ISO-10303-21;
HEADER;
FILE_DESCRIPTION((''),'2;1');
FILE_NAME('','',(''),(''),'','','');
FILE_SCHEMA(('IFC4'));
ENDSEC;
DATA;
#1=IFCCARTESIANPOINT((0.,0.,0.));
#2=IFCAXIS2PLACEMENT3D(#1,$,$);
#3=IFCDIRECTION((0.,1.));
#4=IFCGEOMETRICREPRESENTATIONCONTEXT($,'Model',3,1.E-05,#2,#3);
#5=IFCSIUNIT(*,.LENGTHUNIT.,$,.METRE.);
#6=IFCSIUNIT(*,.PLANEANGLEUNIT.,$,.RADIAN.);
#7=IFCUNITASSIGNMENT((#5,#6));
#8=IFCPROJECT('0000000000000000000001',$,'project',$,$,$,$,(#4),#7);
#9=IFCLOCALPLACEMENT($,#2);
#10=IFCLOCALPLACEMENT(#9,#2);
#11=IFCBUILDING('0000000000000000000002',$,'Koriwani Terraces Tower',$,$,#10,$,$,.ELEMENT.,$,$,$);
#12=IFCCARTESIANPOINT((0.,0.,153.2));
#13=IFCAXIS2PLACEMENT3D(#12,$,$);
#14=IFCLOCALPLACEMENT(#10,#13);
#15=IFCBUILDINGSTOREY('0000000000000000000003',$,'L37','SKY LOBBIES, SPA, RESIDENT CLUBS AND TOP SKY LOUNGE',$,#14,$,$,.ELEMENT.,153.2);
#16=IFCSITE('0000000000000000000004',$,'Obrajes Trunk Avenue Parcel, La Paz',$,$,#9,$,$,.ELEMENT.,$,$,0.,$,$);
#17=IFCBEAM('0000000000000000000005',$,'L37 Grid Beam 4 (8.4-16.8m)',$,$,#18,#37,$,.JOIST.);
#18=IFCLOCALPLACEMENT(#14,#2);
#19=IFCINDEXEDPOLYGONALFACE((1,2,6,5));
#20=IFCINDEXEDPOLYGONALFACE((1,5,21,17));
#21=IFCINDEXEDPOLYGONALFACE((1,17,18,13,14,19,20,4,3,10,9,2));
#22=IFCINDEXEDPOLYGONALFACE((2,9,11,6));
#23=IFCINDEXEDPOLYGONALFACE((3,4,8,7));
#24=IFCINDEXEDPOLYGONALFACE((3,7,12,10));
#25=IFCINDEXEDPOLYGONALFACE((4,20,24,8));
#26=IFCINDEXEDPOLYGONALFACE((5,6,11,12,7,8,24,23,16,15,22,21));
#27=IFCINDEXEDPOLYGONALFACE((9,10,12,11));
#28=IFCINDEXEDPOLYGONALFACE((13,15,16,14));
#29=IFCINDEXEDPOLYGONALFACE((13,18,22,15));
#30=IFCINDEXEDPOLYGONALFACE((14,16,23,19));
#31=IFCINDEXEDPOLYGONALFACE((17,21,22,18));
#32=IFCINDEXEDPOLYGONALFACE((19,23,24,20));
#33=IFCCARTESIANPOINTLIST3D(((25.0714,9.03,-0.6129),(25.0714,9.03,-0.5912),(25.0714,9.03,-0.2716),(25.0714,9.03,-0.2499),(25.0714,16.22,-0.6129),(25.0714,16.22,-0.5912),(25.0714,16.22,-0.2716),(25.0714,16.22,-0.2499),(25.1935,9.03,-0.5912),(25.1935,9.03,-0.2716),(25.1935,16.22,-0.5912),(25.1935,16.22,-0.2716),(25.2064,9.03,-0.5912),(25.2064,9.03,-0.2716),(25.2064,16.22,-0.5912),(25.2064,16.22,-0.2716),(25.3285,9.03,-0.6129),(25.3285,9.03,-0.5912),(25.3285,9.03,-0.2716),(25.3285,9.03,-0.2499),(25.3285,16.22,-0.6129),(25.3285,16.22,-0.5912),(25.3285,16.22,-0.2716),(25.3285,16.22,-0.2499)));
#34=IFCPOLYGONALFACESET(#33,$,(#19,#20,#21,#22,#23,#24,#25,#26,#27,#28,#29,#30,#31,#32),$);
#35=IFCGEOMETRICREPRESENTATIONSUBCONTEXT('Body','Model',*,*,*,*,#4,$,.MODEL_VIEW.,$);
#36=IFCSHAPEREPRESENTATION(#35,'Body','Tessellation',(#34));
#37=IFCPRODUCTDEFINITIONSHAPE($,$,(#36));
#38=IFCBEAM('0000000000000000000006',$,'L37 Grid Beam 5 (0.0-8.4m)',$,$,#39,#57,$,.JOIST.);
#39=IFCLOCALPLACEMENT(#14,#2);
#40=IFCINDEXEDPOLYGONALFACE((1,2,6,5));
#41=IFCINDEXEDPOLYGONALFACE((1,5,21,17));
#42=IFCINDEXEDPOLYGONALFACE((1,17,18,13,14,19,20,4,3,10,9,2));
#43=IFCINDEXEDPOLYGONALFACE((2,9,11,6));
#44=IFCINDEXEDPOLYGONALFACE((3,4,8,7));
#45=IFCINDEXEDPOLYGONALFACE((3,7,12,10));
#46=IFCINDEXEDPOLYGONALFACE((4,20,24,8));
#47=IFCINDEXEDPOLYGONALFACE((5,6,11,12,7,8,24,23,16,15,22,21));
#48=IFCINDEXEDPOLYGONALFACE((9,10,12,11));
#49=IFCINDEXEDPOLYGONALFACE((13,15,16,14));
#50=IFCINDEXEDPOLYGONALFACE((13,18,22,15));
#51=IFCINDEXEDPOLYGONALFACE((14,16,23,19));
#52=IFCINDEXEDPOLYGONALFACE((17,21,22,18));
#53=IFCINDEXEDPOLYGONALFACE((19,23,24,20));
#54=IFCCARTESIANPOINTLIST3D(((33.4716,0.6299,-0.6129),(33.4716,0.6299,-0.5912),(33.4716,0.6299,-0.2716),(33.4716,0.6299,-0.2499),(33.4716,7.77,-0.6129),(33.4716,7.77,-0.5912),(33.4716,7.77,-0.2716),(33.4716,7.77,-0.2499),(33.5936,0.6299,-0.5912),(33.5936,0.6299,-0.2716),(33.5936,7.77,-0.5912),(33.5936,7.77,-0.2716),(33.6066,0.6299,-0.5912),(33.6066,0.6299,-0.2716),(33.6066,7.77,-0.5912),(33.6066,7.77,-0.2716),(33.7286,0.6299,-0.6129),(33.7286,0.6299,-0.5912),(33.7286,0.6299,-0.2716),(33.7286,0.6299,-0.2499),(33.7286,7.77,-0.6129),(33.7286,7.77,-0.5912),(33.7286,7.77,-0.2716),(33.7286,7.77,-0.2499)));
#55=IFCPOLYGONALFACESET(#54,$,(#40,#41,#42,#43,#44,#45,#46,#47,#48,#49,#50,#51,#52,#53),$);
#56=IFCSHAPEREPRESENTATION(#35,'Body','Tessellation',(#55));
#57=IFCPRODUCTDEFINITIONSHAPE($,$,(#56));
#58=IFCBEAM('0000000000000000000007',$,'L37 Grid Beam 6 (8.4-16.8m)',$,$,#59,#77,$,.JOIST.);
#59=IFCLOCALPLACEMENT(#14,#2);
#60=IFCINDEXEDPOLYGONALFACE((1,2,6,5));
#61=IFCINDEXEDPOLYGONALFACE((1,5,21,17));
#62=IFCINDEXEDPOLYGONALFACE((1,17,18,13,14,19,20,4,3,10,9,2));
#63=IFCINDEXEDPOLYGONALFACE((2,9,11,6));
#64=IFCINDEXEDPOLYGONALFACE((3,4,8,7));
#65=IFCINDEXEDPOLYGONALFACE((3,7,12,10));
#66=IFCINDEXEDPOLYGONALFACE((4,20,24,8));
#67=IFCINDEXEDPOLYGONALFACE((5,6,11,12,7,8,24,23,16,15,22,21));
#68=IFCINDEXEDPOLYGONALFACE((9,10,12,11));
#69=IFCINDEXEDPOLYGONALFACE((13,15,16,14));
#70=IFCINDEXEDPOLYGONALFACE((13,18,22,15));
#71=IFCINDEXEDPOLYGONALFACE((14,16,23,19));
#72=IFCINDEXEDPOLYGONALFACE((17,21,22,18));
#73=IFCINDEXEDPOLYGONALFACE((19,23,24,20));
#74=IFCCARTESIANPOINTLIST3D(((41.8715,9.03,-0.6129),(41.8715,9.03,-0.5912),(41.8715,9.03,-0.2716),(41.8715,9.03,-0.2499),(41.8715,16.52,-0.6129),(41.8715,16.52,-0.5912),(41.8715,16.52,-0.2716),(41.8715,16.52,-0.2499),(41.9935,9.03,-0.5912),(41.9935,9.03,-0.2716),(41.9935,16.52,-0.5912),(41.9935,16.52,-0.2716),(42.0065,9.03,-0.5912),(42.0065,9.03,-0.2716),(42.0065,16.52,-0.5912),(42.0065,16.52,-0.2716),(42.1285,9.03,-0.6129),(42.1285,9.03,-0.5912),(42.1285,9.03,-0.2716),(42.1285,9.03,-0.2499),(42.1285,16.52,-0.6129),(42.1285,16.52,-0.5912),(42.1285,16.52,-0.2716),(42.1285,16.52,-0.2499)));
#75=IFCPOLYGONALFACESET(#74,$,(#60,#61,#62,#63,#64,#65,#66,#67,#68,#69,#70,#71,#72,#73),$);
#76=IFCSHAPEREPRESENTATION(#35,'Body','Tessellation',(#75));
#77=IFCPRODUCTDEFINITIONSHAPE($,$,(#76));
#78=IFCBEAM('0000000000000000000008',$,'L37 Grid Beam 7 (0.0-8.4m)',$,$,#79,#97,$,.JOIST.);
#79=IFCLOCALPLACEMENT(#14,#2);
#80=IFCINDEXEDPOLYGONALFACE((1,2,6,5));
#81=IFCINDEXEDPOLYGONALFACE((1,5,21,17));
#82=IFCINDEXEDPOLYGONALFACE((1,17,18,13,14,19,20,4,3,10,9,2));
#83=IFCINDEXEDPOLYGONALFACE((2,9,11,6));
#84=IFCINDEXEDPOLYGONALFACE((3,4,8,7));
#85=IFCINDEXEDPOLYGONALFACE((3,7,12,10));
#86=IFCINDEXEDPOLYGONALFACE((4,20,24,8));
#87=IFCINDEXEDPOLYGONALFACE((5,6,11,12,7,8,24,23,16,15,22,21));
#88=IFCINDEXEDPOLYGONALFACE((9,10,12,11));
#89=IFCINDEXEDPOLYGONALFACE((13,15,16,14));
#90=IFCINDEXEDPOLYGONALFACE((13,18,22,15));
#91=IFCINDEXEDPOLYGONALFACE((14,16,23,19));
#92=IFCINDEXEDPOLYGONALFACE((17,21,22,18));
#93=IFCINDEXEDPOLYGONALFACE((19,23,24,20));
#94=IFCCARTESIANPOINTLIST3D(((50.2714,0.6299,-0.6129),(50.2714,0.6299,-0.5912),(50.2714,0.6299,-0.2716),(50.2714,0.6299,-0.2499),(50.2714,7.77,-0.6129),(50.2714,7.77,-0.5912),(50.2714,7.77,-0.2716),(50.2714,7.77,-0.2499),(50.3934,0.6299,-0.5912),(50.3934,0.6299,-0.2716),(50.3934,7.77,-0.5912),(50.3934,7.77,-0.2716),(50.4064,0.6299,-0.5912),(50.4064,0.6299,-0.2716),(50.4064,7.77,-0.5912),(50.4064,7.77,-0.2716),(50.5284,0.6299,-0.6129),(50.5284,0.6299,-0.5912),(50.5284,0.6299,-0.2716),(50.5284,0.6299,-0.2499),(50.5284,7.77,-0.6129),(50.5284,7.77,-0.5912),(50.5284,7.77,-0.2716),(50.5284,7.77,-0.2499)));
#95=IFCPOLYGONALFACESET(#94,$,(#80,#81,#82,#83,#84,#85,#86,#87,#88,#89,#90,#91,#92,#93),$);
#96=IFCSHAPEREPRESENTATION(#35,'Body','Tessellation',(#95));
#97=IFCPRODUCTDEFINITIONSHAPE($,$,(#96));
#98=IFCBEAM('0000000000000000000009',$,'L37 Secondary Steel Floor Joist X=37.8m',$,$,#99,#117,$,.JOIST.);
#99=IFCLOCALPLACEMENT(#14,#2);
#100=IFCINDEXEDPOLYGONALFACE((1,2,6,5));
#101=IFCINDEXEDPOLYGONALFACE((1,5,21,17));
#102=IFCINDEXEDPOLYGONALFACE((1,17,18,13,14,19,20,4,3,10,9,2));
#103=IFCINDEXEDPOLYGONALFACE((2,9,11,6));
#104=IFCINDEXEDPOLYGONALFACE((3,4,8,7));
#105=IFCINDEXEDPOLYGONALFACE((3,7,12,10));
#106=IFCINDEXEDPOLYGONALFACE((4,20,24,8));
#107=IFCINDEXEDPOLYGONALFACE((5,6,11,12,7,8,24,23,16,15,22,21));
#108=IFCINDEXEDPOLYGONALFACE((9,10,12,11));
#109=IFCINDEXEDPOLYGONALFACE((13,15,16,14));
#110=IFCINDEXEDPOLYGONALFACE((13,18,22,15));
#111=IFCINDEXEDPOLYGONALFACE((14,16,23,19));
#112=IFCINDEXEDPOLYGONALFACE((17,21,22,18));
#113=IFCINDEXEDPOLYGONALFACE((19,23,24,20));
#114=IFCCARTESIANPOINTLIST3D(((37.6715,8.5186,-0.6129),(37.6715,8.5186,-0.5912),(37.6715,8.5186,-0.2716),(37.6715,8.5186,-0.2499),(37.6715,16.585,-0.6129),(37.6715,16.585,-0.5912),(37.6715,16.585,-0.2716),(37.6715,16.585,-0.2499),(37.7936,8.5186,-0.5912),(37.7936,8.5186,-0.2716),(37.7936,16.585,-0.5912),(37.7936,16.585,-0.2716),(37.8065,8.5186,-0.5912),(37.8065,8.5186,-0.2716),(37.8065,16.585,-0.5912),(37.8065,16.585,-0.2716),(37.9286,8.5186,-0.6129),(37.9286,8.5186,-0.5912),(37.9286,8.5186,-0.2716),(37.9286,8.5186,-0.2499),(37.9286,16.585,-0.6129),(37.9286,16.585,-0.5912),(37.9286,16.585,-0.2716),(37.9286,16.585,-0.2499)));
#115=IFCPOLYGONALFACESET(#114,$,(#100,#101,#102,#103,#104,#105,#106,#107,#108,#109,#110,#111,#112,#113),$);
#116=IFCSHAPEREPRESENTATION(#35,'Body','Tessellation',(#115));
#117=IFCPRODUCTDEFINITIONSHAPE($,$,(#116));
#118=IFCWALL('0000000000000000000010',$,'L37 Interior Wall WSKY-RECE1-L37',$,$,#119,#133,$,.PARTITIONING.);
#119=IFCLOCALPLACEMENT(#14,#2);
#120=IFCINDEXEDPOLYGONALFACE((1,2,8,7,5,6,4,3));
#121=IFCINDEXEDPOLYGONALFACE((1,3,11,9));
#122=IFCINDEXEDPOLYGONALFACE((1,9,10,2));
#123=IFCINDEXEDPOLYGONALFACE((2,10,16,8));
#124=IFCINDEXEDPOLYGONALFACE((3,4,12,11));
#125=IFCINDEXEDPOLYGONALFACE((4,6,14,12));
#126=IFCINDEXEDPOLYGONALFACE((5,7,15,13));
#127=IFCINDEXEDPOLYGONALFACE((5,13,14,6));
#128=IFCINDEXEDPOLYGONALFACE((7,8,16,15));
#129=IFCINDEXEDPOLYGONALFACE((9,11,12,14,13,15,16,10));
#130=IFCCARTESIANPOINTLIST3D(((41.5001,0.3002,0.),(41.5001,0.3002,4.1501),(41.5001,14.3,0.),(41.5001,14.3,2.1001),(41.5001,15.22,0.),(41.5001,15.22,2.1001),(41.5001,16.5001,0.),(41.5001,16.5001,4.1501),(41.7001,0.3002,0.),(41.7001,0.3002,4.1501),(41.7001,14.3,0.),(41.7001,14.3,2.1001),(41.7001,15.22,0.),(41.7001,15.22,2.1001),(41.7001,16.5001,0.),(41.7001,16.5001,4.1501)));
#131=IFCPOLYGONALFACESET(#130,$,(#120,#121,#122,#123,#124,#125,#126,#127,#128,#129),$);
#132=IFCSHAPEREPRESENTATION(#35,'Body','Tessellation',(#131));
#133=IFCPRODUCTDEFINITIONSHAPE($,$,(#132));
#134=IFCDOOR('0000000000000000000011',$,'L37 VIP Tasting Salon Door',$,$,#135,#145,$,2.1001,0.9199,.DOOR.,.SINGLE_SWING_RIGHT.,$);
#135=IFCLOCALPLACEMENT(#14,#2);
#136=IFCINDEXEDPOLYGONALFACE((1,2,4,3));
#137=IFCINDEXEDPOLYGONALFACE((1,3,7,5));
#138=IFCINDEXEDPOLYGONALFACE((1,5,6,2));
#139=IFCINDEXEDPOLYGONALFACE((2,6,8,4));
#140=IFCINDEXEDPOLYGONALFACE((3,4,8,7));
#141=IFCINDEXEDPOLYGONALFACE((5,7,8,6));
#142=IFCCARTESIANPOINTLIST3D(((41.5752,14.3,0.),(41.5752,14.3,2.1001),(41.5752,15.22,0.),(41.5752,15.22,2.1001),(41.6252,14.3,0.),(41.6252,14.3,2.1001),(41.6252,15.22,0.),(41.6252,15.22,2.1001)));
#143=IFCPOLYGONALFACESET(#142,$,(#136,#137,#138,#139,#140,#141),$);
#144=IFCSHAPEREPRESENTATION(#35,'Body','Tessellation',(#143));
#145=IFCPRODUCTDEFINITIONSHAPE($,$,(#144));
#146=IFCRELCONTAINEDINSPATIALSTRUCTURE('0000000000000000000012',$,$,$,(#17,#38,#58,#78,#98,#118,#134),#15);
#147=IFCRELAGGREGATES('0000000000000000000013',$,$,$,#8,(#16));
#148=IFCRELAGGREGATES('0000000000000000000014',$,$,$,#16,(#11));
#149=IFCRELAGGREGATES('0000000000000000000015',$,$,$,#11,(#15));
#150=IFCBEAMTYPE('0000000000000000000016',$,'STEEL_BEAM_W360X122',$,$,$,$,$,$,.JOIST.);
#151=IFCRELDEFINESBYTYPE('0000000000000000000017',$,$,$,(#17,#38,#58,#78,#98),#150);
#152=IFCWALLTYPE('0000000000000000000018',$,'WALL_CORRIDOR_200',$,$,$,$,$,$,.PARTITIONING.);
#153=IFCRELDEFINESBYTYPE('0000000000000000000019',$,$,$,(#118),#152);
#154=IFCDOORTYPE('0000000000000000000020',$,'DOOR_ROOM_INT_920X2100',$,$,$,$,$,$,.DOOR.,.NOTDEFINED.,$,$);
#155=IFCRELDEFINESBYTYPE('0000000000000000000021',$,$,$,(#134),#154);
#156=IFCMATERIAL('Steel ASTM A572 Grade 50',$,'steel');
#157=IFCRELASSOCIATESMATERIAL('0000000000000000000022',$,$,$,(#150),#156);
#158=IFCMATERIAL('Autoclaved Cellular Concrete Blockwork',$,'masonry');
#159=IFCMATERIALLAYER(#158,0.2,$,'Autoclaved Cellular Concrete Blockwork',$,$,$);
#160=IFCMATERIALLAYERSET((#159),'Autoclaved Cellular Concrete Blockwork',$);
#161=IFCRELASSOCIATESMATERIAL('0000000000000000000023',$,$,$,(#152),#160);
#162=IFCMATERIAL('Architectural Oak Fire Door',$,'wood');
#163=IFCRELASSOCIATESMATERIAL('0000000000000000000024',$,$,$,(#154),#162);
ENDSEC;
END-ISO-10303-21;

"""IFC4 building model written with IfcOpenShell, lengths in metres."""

from ifc_helpers import new_model, si_unit, direction, frame, frame_2d, origin, origin_2d, place, context, subcontext, project, spatial, rectangle, i_section, extrude, material, layer, layer_set, material_profile, profile_set, type_object, element, fill, save


model = new_model("IFC4")

# Units and contexts
model_context = context("Model", 3, precision=1e-05, world=origin(), true_north=direction((0.0, 1.0)))
body_context = subcontext(model_context, "Body", "Model", "MODEL_VIEW")
ifc_project = project(units=[si_unit("LENGTHUNIT", "METRE"), si_unit("PLANEANGLEUNIT", "RADIAN")], contexts=[model_context])

# Site, building, storey
site_placement = place(None, origin())
site = spatial("IfcSite", under=ifc_project, at=site_placement, Name="Obrajes Trunk Avenue Parcel, La Paz", CompositionType="ELEMENT", RefElevation=0.0)
building_placement = place(site_placement, origin())
building = spatial("IfcBuilding", under=site, at=building_placement, Name="Koriwani Terraces Tower", CompositionType="ELEMENT")
storey_placement = place(building_placement, frame((0.0, 0.0, 153.2)))
storey = spatial("IfcBuildingStorey", under=building, at=storey_placement, Name="L37", Description="SKY LOBBIES, SPA, RESIDENT CLUBS AND TOP SKY LOUNGE", CompositionType="ELEMENT", Elevation=153.2)

# Beams
ifc_material_1 = material(Name="Steel ASTM A572 Grade 50", Category="steel")
ifc_material_profile_1 = material_profile(ifc_material_1, i_section(OverallWidth=0.2571, OverallDepth=0.363, WebThickness=0.0129, FlangeThickness=0.0217, at=origin_2d()), Name="Steel ASTM A572 Grade 50", Category="LoadBearing")
ifc_profile_set_1 = profile_set([ifc_material_profile_1], Name="Steel ASTM A572 Grade 50")
beam_type_1 = type_object("IfcBeamType", Name="STEEL_BEAM_W360X122", PredefinedType="JOIST", material=ifc_profile_set_1)
beam_1_placement = place(storey_placement, frame((25.2, 9.03, -0.4314), z_axis=(0.0, 1.0, 0.0), x_axis=(-1.0, 0.0, 0.0)))
element("IfcBeam", 1, at=beam_1_placement, inside=storey, type_object=beam_type_1, Name="L37 Grid Beam 4 (8.4-16.8m)", PredefinedType="JOIST", context=body_context, shape_type="SweptSolid", body=[
    extrude(i_section(OverallWidth=0.2571, OverallDepth=0.363, WebThickness=0.0129, FlangeThickness=0.0217, at=origin_2d()), origin(), (0.0, 0.0, 1.0), 7.1899),
])
beam_2_placement = place(storey_placement, frame((33.6001, 0.6299, -0.4314), z_axis=(0.0, 1.0, 0.0), x_axis=(-1.0, 0.0, 0.0)))
element("IfcBeam", 2, at=beam_2_placement, inside=storey, type_object=beam_type_1, Name="L37 Grid Beam 5 (0.0-8.4m)", PredefinedType="JOIST", context=body_context, shape_type="SweptSolid", body=[
    extrude(i_section(OverallWidth=0.2571, OverallDepth=0.363, WebThickness=0.0129, FlangeThickness=0.0217, at=origin_2d()), origin(), (0.0, 0.0, 1.0), 7.1401),
])
beam_3_placement = place(storey_placement, frame((42.0, 9.03, -0.4314), z_axis=(0.0, 1.0, 0.0), x_axis=(-1.0, 0.0, 0.0)))
element("IfcBeam", 3, at=beam_3_placement, inside=storey, type_object=beam_type_1, Name="L37 Grid Beam 6 (8.4-16.8m)", PredefinedType="JOIST", context=body_context, shape_type="SweptSolid", body=[
    extrude(i_section(OverallWidth=0.2571, OverallDepth=0.363, WebThickness=0.0129, FlangeThickness=0.0217, at=origin_2d()), origin(), (0.0, 0.0, 1.0), 7.49),
])
beam_4_placement = place(storey_placement, frame((50.3999, 0.6299, -0.4314), z_axis=(0.0, 1.0, 0.0), x_axis=(-1.0, 0.0, 0.0)))
element("IfcBeam", 4, at=beam_4_placement, inside=storey, type_object=beam_type_1, Name="L37 Grid Beam 7 (0.0-8.4m)", PredefinedType="JOIST", context=body_context, shape_type="SweptSolid", body=[
    extrude(i_section(OverallWidth=0.2571, OverallDepth=0.363, WebThickness=0.0129, FlangeThickness=0.0217, at=origin_2d()), origin(), (0.0, 0.0, 1.0), 7.1401),
])
beam_5_placement = place(storey_placement, frame((37.8, 8.5186, -0.4314), z_axis=(0.0, 1.0, 0.0), x_axis=(-1.0, 0.0, 0.0)))
element("IfcBeam", 5, at=beam_5_placement, inside=storey, type_object=beam_type_1, Name="L37 Secondary Steel Floor Joist X=37.8m", PredefinedType="JOIST", context=body_context, shape_type="SweptSolid", body=[
    extrude(i_section(OverallWidth=0.2571, OverallDepth=0.363, WebThickness=0.0129, FlangeThickness=0.0217, at=origin_2d()), origin(), (0.0, 0.0, 1.0), 8.0664),
])

# Wall, opening, door
ifc_material_2 = material(Name="Autoclaved Cellular Concrete Blockwork", Category="masonry")
ifc_layer_1 = layer(ifc_material_2, 0.2, Name="Autoclaved Cellular Concrete Blockwork")
ifc_layer_set_1 = layer_set([ifc_layer_1], Name="Autoclaved Cellular Concrete Blockwork")
wall_type_1 = type_object("IfcWallType", Name="WALL_CORRIDOR_200", PredefinedType="PARTITIONING", material=ifc_layer_set_1)
wall_1_placement = place(storey_placement, frame((41.6001, 0.3, 0.0), z_axis=(0.0, 0.0, 1.0), x_axis=(0.0, 1.0, 0.0)))
wall_1 = element("IfcWall", 6, at=wall_1_placement, inside=storey, type_object=wall_type_1, Name="L37 Interior Wall WSKY-RECE1-L37", PredefinedType="PARTITIONING", context=body_context, shape_type="SweptSolid", body=[
    extrude(rectangle(XDim=16.2, YDim=0.2, at=frame_2d((8.1001, 0.0))), origin(), (0.0, 0.0, 1.0), 4.1501),
])
opening_1_placement = place(wall_1_placement, frame((14.0, 0.0, 0.0)))
opening_1 = element("IfcOpeningElement", 7, at=opening_1_placement, cuts=wall_1, PredefinedType="OPENING", context=body_context, shape_type="SweptSolid", body=[
    extrude(rectangle(XDim=0.9199, YDim=2.1001, at=frame_2d((0.46, 1.05))), frame((0.0, 0.1099, 0.0), z_axis=(0.0, -1.0, 0.0), x_axis=(1.0, 0.0, 0.0)), (0.0, 0.0, 1.0), 0.22),
])
ifc_material_3 = material(Name="Architectural Oak Fire Door", Category="wood")
door_type_1 = type_object("IfcDoorType", Name="DOOR_ROOM_INT_920X2100", OperationType="NOTDEFINED", PredefinedType="DOOR", material=ifc_material_3)
door_1_placement = place(opening_1_placement, origin())
door_1 = element("IfcDoor", 8, at=door_1_placement, inside=storey, type_object=door_type_1, Name="L37 VIP Tasting Salon Door", OperationType="SINGLE_SWING_RIGHT", OverallHeight=2.1001, OverallWidth=0.9199, PredefinedType="DOOR", context=body_context, shape_type="SweptSolid", body=[
    extrude(rectangle(XDim=0.9199, YDim=2.1001, at=frame_2d((0.46, 1.05))), frame((0.0, 0.0249, 0.0), z_axis=(0.0, -1.0, 0.0), x_axis=(1.0, 0.0, 0.0)), (0.0, 0.0, 1.0), 0.05),
])
fill(opening_1, door_1)

save(model, "model.ifc")
